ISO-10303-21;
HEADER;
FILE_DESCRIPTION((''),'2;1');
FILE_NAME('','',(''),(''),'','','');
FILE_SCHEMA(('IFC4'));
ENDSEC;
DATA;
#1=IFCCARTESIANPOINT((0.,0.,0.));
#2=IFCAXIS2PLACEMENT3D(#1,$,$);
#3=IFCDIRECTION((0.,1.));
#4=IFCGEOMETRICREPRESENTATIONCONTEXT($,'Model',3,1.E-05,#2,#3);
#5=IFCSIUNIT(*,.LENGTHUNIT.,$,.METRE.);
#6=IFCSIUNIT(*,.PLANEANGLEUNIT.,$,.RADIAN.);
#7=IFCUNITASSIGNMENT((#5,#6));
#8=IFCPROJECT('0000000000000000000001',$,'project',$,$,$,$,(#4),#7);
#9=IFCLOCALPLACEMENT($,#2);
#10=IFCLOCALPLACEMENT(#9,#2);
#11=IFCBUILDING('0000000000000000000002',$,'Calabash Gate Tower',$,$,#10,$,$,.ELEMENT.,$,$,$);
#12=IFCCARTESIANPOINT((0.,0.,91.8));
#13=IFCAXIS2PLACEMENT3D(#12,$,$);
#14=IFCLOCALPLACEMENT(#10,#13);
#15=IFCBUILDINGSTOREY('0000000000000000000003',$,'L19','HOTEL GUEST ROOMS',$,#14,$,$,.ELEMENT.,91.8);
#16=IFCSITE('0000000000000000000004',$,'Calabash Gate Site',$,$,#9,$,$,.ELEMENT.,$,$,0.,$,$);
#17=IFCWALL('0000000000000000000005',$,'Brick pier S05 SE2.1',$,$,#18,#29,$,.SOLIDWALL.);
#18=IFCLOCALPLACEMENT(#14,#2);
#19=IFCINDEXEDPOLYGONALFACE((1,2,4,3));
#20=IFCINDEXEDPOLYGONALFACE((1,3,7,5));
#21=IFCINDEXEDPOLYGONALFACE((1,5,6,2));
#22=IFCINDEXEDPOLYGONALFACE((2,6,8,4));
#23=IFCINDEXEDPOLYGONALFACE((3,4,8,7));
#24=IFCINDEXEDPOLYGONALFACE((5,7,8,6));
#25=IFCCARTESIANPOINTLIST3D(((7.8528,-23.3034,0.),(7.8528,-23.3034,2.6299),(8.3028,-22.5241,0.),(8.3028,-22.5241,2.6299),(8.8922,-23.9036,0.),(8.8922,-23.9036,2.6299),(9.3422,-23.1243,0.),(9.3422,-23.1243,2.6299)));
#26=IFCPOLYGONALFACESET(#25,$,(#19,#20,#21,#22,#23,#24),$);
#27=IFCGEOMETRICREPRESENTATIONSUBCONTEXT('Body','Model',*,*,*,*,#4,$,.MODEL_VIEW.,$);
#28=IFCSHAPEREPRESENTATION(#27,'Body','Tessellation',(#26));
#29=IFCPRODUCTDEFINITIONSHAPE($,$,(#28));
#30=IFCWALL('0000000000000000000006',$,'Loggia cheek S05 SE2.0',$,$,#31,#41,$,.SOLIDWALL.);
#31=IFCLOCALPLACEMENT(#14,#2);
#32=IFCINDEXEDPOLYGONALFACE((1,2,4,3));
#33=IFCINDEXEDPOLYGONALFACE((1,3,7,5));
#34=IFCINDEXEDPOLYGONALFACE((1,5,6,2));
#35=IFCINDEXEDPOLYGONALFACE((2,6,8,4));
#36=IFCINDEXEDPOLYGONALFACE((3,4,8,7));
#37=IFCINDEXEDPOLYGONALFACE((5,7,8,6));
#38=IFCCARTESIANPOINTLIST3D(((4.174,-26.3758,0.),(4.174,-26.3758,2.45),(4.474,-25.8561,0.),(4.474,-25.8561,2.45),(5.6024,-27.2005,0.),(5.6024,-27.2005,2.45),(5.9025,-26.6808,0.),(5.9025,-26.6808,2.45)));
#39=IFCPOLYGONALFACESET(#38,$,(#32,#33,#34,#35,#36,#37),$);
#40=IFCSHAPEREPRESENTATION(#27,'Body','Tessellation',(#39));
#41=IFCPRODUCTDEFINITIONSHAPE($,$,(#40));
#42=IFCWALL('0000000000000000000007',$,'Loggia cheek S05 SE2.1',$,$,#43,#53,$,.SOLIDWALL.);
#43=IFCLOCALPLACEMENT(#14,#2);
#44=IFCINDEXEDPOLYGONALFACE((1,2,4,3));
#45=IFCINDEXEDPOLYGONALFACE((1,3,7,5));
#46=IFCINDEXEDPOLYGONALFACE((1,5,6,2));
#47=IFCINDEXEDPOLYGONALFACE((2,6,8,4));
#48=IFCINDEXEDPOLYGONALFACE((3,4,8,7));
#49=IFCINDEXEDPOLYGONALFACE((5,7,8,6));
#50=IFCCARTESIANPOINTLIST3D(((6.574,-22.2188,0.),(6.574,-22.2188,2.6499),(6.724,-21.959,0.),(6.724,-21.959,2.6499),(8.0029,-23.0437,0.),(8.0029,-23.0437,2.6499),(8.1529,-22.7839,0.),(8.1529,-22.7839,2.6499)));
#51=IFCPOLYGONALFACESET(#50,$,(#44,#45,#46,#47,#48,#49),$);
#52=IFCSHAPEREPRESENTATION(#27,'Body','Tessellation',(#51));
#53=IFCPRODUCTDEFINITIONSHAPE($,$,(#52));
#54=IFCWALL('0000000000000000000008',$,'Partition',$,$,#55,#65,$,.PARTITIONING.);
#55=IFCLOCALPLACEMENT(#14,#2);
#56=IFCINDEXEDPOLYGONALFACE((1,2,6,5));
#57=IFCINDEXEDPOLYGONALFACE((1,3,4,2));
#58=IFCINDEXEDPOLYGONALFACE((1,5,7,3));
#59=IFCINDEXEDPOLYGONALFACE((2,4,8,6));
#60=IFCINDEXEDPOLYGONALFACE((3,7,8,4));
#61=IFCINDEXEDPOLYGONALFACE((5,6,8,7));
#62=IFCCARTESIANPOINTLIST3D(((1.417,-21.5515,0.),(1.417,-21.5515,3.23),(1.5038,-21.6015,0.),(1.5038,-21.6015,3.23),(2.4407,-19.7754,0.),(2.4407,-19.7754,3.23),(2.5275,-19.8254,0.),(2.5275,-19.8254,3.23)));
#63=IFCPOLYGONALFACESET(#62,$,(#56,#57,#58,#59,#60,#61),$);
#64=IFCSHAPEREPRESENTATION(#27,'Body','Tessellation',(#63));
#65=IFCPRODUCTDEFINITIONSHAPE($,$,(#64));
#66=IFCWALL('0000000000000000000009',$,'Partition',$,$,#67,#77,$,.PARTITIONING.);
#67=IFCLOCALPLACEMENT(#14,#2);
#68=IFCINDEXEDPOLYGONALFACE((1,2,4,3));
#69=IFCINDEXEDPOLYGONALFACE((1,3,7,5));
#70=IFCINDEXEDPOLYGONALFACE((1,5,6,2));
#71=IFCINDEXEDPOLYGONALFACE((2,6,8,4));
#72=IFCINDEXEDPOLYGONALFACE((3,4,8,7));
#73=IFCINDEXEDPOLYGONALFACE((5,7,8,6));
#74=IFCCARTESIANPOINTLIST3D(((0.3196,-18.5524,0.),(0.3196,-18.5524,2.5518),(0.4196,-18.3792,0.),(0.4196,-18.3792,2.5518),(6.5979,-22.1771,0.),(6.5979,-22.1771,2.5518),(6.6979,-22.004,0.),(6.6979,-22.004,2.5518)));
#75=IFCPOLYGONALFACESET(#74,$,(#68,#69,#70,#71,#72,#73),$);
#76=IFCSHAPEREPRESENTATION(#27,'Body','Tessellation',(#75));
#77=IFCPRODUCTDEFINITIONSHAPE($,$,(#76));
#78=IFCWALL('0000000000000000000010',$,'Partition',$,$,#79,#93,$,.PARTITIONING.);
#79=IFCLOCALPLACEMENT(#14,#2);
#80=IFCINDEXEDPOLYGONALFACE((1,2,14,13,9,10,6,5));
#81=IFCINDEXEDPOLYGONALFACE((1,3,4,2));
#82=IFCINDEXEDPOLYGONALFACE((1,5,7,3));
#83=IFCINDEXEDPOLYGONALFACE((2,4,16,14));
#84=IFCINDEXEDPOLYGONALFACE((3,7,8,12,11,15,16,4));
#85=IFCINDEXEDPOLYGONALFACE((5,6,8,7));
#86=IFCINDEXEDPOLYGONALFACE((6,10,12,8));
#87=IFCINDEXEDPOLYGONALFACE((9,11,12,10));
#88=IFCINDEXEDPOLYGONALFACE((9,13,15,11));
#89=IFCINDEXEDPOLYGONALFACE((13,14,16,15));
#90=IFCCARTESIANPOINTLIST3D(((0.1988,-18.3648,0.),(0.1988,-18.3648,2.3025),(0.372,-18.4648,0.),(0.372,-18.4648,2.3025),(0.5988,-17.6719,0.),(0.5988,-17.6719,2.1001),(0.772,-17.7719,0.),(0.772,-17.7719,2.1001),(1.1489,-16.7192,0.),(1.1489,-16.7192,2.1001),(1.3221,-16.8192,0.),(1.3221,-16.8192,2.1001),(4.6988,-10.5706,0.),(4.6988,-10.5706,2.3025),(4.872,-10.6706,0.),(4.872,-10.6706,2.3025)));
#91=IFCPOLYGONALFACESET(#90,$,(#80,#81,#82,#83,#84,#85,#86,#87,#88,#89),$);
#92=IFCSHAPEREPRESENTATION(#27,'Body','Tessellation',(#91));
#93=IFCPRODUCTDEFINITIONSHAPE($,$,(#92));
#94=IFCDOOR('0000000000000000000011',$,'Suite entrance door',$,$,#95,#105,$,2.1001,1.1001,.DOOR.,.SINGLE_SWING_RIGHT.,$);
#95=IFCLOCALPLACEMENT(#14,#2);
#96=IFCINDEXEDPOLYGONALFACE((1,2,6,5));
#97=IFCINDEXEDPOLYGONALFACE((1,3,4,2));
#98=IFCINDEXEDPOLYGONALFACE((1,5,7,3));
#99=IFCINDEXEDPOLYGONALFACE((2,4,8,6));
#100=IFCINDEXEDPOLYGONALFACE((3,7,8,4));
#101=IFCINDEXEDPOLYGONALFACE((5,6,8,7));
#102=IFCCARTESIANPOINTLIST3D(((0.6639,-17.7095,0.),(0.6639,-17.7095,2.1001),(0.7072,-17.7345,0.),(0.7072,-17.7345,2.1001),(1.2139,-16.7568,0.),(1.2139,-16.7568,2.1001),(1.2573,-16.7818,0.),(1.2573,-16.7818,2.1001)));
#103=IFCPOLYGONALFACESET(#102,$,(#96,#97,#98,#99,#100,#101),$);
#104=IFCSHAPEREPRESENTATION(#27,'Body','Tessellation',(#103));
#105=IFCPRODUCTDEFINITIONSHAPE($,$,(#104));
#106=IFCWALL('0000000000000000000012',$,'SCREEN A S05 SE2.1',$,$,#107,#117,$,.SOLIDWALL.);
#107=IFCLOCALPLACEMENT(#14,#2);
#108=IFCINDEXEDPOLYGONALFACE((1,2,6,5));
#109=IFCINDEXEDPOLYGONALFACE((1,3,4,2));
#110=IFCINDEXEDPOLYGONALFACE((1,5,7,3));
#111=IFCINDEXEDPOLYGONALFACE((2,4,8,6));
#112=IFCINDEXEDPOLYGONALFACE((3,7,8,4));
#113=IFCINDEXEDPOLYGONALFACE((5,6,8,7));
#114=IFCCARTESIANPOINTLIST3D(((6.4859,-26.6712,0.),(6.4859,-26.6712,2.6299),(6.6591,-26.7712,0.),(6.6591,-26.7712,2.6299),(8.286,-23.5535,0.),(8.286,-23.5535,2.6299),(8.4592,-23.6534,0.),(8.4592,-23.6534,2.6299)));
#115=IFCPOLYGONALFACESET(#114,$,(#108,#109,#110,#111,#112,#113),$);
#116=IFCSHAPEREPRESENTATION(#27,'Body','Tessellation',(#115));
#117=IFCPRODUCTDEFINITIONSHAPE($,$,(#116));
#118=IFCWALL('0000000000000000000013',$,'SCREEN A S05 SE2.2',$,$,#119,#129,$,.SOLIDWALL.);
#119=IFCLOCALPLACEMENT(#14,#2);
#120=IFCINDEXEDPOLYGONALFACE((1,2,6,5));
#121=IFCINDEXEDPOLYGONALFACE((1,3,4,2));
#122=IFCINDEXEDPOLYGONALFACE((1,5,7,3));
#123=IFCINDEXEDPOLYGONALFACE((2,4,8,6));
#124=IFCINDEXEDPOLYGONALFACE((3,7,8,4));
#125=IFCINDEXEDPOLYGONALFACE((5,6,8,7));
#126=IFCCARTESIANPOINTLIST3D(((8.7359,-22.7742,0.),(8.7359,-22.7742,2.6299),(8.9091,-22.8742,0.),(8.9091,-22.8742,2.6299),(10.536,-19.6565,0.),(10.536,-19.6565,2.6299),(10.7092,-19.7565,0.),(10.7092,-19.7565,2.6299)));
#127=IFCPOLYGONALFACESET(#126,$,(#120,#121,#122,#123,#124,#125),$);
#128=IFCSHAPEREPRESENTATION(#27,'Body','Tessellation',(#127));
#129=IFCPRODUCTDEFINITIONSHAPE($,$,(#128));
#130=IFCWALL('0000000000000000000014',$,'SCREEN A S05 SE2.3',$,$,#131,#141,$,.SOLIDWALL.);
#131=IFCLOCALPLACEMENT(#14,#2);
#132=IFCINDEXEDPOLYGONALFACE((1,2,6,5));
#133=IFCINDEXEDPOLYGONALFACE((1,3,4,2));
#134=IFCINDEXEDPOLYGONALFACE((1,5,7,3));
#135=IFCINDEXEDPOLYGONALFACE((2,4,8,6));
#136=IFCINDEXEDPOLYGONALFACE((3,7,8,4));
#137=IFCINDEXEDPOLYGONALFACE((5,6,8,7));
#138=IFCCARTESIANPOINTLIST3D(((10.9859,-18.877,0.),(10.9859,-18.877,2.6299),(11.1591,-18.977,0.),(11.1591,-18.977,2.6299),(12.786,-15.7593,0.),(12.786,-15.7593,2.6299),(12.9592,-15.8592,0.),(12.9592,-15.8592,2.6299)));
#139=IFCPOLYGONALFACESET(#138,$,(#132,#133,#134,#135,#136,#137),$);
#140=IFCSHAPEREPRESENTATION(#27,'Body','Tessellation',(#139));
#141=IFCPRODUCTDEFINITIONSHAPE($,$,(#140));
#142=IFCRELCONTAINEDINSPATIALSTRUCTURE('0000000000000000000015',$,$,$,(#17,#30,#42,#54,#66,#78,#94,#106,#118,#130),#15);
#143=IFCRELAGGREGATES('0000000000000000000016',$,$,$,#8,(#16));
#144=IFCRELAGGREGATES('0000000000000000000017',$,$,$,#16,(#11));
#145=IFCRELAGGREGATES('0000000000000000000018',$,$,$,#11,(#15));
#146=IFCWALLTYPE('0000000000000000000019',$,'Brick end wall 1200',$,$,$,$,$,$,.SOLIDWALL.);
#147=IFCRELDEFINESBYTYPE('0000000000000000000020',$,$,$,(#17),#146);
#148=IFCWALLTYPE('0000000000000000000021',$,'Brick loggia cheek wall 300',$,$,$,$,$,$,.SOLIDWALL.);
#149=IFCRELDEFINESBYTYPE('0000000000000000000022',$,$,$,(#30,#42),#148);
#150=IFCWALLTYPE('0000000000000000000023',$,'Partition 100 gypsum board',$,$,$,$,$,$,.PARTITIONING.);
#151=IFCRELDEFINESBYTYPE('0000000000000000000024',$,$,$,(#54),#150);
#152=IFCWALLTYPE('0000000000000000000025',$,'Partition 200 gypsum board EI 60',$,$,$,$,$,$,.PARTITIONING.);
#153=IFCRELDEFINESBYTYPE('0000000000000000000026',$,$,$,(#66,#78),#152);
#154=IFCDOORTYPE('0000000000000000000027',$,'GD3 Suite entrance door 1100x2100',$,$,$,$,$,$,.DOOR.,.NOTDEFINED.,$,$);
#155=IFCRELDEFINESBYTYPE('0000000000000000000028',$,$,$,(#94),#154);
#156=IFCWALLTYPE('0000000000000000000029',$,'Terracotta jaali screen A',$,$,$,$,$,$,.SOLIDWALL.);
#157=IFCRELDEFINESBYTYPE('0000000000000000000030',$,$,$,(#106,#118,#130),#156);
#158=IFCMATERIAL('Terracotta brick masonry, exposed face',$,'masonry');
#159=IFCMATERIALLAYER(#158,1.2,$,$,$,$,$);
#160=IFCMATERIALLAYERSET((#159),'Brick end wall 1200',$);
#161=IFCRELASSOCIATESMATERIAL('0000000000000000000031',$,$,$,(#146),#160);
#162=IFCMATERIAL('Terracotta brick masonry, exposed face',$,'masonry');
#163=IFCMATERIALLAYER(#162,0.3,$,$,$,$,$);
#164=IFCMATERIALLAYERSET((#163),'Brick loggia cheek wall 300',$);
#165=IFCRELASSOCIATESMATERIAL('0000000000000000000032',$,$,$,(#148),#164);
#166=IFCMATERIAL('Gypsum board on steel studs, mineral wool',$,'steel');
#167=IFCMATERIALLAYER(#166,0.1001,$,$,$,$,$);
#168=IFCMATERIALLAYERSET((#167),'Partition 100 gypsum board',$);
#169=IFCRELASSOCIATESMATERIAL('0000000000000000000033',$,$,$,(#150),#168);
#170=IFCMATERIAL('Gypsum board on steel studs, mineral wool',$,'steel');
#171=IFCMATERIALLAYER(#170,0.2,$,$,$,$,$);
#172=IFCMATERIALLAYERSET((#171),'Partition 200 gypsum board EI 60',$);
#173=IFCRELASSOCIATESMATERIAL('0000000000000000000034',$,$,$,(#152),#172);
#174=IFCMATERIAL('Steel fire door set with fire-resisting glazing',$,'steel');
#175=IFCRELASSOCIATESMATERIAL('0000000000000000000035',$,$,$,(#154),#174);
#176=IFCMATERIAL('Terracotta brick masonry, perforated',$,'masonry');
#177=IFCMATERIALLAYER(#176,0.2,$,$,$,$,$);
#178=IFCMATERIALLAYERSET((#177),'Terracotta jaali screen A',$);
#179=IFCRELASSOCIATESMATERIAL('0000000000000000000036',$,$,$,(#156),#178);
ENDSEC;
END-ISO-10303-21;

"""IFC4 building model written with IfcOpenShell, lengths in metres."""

from ifc_helpers import new_model, si_unit, direction, frame, frame_2d, origin, place, context, subcontext, project, spatial, rectangle, extrude, material, layer, layer_set, type_object, element, fill, save


model = new_model("IFC4")

# Units and contexts
model_context = context("Model", 3, precision=1e-05, world=origin(), true_north=direction((0.0, 1.0)))
body_context = subcontext(model_context, "Body", "Model", "MODEL_VIEW")
ifc_project = project(units=[si_unit("LENGTHUNIT", "METRE"), si_unit("PLANEANGLEUNIT", "RADIAN")], contexts=[model_context])

# Site, building, storey
site_placement = place(None, origin())
site = spatial("IfcSite", under=ifc_project, at=site_placement, Name="Calabash Gate Site", CompositionType="ELEMENT", RefElevation=0.0)
building_placement = place(site_placement, origin())
building = spatial("IfcBuilding", under=site, at=building_placement, Name="Calabash Gate Tower", CompositionType="ELEMENT")
storey_placement = place(building_placement, frame((0.0, 0.0, 91.8)))
storey = spatial("IfcBuildingStorey", under=building, at=storey_placement, Name="L19", Description="HOTEL GUEST ROOMS", CompositionType="ELEMENT", Elevation=91.8)

# Walls
ifc_material_1 = material(Name="Terracotta brick masonry, exposed face", Category="masonry")
ifc_layer_1 = layer(ifc_material_1, 1.2)
ifc_layer_set_1 = layer_set([ifc_layer_1], Name="Brick end wall 1200")
wall_type_1 = type_object("IfcWallType", Name="Brick end wall 1200", PredefinedType="SOLIDWALL", material=ifc_layer_set_1)
wall_1_placement = place(storey_placement, frame((9.1172, -23.5139, 0.0), z_axis=(0.0, 0.0, 1.0), x_axis=(-0.866006, 0.500034, 0.0)))
element("IfcWall", 1, at=wall_1_placement, inside=storey, type_object=wall_type_1, Name="Brick pier S05 SE2.1", PredefinedType="SOLIDWALL", context=body_context, shape_type="SweptSolid", body=[
    extrude(rectangle(XDim=1.2002, YDim=0.8999, at=frame_2d((0.6001, 0.0))), origin(), (0.0, 0.0, 1.0), 2.6299),
])
ifc_material_2 = material(Name="Terracotta brick masonry, exposed face", Category="masonry")
ifc_layer_2 = layer(ifc_material_2, 0.3)
ifc_layer_set_2 = layer_set([ifc_layer_2], Name="Brick loggia cheek wall 300")
wall_type_2 = type_object("IfcWallType", Name="Brick loggia cheek wall 300", PredefinedType="SOLIDWALL", material=ifc_layer_set_2)
wall_2_placement = place(storey_placement, frame((5.7524, -26.9407, 0.0), z_axis=(0.0, 0.0, 1.0), x_axis=(-0.86603, 0.499992, 0.0)))
element("IfcWall", 2, at=wall_2_placement, inside=storey, type_object=wall_type_2, Name="Loggia cheek S05 SE2.0", PredefinedType="SOLIDWALL", context=body_context, shape_type="SweptSolid", body=[
    extrude(rectangle(XDim=1.6494, YDim=0.6001, at=frame_2d((0.8247, 0.0))), origin(), (0.0, 0.0, 1.0), 2.45),
])
wall_3_placement = place(storey_placement, frame((8.0779, -22.9138, 0.0), z_axis=(0.0, 0.0, 1.0), x_axis=(-0.86604, 0.499974, 0.0)))
element("IfcWall", 3, at=wall_3_placement, inside=storey, type_object=wall_type_2, Name="Loggia cheek S05 SE2.1", PredefinedType="SOLIDWALL", context=body_context, shape_type="SweptSolid", body=[
    extrude(rectangle(XDim=1.6499, YDim=0.3, at=frame_2d((0.825, 0.0))), origin(), (0.0, 0.0, 1.0), 2.6499),
])
ifc_material_3 = material(Name="Gypsum board on steel studs, mineral wool", Category="steel")
ifc_layer_3 = layer(ifc_material_3, 0.1001)
ifc_layer_set_3 = layer_set([ifc_layer_3], Name="Partition 100 gypsum board")
wall_type_3 = type_object("IfcWallType", Name="Partition 100 gypsum board", PredefinedType="PARTITIONING", material=ifc_layer_set_3)
wall_4_placement = place(storey_placement, frame((1.4604, -21.5764, 0.0), z_axis=(0.0, 0.0, 1.0), x_axis=(0.499355, 0.866398, 0.0)))
element("IfcWall", 4, at=wall_4_placement, inside=storey, type_object=wall_type_3, Name="Partition", PredefinedType="PARTITIONING", context=body_context, shape_type="SweptSolid", body=[
    extrude(rectangle(XDim=2.05, YDim=0.1001, at=frame_2d((1.0249, 0.0))), origin(), (0.0, 0.0, 1.0), 3.23),
])
ifc_material_4 = material(Name="Gypsum board on steel studs, mineral wool", Category="steel")
ifc_layer_4 = layer(ifc_material_4, 0.2)
ifc_layer_set_4 = layer_set([ifc_layer_4], Name="Partition 200 gypsum board EI 60")
wall_type_4 = type_object("IfcWallType", Name="Partition 200 gypsum board EI 60", PredefinedType="PARTITIONING", material=ifc_layer_set_4)
wall_5_placement = place(storey_placement, frame((0.3696, -18.4658, 0.0), z_axis=(0.0, 0.0, 1.0), x_axis=(0.866027, -0.499996, 0.0)))
element("IfcWall", 5, at=wall_5_placement, inside=storey, type_object=wall_type_4, Name="Partition", PredefinedType="PARTITIONING", context=body_context, shape_type="SweptSolid", body=[
    extrude(rectangle(XDim=7.2495, YDim=0.2, at=frame_2d((3.6248, 0.0))), origin(), (0.0, 0.0, 1.0), 2.5518),
])

# Wall, opening, door
wall_6_placement = place(storey_placement, frame((0.2854, -18.4148, 0.0), z_axis=(0.0, 0.0, 1.0), x_axis=(0.500002, 0.866024, 0.0)))
wall_6 = element("IfcWall", 6, at=wall_6_placement, inside=storey, type_object=wall_type_4, Name="Partition", PredefinedType="PARTITIONING", context=body_context, shape_type="SweptSolid", body=[
    extrude(rectangle(XDim=9.0, YDim=0.2, at=frame_2d((4.5, 0.0))), origin(), (0.0, 0.0, 1.0), 2.3025),
])
opening_1_placement = place(wall_6_placement, frame((0.8, 0.0, 0.0)))
opening_1 = element("IfcOpeningElement", 7, at=opening_1_placement, cuts=wall_6, PredefinedType="OPENING", context=body_context, shape_type="SweptSolid", body=[
    extrude(rectangle(XDim=1.1001, YDim=2.1001, at=frame_2d((0.55, 1.05))), frame((0.0, 0.1099, 0.0), z_axis=(0.0, -1.0, 0.0), x_axis=(1.0, 0.0, 0.0)), (0.0, 0.0, 1.0), 0.22),
])
ifc_material_5 = material(Name="Steel fire door set with fire-resisting glazing", Category="steel")
door_type_1 = type_object("IfcDoorType", Name="GD3 Suite entrance door 1100x2100", OperationType="NOTDEFINED", PredefinedType="DOOR", material=ifc_material_5)
door_1_placement = place(opening_1_placement, origin())
door_1 = element("IfcDoor", 8, at=door_1_placement, inside=storey, type_object=door_type_1, Name="Suite entrance door", OperationType="SINGLE_SWING_RIGHT", OverallHeight=2.1001, OverallWidth=1.1001, PredefinedType="DOOR", context=body_context, shape_type="SweptSolid", body=[
    extrude(rectangle(XDim=1.1001, YDim=2.1001, at=frame_2d((0.55, 1.05))), frame((0.0, 0.0249, 0.0), z_axis=(0.0, -1.0, 0.0), x_axis=(1.0, 0.0, 0.0)), (0.0, 0.0, 1.0), 0.05),
])
fill(opening_1, door_1)

# Walls
ifc_material_6 = material(Name="Terracotta brick masonry, perforated", Category="masonry")
ifc_layer_5 = layer(ifc_material_6, 0.2)
ifc_layer_set_5 = layer_set([ifc_layer_5], Name="Terracotta jaali screen A")
wall_type_5 = type_object("IfcWallType", Name="Terracotta jaali screen A", PredefinedType="SOLIDWALL", material=ifc_layer_set_5)
for number, where, z_axis, x_axis, name in (
    (9, (6.5725, -26.7212, 0.0), (0.0, 0.0, 1.0), (0.500012, 0.866018, 0.0), "SCREEN A S05 SE2.1"),
    (10, (8.8225, -22.8242, 0.0), (0.0, 0.0, 1.0), (0.500012, 0.866018, 0.0), "SCREEN A S05 SE2.2"),
    (11, (11.0725, -18.927, 0.0), (0.0, 0.0, 1.0), (0.500012, 0.866018, 0.0), "SCREEN A S05 SE2.3"),
):
    element("IfcWall", number, at=place(storey_placement, frame(where, z_axis=z_axis, x_axis=x_axis)), inside=storey, type_object=wall_type_5, Name=name, PredefinedType="SOLIDWALL", context=body_context, shape_type="SweptSolid", body=[
        extrude(rectangle(XDim=3.6001, YDim=0.2, at=frame_2d((1.8, 0.0))), origin(), (0.0, 0.0, 1.0), 2.6299),
    ])

save(model, "model.ifc")
